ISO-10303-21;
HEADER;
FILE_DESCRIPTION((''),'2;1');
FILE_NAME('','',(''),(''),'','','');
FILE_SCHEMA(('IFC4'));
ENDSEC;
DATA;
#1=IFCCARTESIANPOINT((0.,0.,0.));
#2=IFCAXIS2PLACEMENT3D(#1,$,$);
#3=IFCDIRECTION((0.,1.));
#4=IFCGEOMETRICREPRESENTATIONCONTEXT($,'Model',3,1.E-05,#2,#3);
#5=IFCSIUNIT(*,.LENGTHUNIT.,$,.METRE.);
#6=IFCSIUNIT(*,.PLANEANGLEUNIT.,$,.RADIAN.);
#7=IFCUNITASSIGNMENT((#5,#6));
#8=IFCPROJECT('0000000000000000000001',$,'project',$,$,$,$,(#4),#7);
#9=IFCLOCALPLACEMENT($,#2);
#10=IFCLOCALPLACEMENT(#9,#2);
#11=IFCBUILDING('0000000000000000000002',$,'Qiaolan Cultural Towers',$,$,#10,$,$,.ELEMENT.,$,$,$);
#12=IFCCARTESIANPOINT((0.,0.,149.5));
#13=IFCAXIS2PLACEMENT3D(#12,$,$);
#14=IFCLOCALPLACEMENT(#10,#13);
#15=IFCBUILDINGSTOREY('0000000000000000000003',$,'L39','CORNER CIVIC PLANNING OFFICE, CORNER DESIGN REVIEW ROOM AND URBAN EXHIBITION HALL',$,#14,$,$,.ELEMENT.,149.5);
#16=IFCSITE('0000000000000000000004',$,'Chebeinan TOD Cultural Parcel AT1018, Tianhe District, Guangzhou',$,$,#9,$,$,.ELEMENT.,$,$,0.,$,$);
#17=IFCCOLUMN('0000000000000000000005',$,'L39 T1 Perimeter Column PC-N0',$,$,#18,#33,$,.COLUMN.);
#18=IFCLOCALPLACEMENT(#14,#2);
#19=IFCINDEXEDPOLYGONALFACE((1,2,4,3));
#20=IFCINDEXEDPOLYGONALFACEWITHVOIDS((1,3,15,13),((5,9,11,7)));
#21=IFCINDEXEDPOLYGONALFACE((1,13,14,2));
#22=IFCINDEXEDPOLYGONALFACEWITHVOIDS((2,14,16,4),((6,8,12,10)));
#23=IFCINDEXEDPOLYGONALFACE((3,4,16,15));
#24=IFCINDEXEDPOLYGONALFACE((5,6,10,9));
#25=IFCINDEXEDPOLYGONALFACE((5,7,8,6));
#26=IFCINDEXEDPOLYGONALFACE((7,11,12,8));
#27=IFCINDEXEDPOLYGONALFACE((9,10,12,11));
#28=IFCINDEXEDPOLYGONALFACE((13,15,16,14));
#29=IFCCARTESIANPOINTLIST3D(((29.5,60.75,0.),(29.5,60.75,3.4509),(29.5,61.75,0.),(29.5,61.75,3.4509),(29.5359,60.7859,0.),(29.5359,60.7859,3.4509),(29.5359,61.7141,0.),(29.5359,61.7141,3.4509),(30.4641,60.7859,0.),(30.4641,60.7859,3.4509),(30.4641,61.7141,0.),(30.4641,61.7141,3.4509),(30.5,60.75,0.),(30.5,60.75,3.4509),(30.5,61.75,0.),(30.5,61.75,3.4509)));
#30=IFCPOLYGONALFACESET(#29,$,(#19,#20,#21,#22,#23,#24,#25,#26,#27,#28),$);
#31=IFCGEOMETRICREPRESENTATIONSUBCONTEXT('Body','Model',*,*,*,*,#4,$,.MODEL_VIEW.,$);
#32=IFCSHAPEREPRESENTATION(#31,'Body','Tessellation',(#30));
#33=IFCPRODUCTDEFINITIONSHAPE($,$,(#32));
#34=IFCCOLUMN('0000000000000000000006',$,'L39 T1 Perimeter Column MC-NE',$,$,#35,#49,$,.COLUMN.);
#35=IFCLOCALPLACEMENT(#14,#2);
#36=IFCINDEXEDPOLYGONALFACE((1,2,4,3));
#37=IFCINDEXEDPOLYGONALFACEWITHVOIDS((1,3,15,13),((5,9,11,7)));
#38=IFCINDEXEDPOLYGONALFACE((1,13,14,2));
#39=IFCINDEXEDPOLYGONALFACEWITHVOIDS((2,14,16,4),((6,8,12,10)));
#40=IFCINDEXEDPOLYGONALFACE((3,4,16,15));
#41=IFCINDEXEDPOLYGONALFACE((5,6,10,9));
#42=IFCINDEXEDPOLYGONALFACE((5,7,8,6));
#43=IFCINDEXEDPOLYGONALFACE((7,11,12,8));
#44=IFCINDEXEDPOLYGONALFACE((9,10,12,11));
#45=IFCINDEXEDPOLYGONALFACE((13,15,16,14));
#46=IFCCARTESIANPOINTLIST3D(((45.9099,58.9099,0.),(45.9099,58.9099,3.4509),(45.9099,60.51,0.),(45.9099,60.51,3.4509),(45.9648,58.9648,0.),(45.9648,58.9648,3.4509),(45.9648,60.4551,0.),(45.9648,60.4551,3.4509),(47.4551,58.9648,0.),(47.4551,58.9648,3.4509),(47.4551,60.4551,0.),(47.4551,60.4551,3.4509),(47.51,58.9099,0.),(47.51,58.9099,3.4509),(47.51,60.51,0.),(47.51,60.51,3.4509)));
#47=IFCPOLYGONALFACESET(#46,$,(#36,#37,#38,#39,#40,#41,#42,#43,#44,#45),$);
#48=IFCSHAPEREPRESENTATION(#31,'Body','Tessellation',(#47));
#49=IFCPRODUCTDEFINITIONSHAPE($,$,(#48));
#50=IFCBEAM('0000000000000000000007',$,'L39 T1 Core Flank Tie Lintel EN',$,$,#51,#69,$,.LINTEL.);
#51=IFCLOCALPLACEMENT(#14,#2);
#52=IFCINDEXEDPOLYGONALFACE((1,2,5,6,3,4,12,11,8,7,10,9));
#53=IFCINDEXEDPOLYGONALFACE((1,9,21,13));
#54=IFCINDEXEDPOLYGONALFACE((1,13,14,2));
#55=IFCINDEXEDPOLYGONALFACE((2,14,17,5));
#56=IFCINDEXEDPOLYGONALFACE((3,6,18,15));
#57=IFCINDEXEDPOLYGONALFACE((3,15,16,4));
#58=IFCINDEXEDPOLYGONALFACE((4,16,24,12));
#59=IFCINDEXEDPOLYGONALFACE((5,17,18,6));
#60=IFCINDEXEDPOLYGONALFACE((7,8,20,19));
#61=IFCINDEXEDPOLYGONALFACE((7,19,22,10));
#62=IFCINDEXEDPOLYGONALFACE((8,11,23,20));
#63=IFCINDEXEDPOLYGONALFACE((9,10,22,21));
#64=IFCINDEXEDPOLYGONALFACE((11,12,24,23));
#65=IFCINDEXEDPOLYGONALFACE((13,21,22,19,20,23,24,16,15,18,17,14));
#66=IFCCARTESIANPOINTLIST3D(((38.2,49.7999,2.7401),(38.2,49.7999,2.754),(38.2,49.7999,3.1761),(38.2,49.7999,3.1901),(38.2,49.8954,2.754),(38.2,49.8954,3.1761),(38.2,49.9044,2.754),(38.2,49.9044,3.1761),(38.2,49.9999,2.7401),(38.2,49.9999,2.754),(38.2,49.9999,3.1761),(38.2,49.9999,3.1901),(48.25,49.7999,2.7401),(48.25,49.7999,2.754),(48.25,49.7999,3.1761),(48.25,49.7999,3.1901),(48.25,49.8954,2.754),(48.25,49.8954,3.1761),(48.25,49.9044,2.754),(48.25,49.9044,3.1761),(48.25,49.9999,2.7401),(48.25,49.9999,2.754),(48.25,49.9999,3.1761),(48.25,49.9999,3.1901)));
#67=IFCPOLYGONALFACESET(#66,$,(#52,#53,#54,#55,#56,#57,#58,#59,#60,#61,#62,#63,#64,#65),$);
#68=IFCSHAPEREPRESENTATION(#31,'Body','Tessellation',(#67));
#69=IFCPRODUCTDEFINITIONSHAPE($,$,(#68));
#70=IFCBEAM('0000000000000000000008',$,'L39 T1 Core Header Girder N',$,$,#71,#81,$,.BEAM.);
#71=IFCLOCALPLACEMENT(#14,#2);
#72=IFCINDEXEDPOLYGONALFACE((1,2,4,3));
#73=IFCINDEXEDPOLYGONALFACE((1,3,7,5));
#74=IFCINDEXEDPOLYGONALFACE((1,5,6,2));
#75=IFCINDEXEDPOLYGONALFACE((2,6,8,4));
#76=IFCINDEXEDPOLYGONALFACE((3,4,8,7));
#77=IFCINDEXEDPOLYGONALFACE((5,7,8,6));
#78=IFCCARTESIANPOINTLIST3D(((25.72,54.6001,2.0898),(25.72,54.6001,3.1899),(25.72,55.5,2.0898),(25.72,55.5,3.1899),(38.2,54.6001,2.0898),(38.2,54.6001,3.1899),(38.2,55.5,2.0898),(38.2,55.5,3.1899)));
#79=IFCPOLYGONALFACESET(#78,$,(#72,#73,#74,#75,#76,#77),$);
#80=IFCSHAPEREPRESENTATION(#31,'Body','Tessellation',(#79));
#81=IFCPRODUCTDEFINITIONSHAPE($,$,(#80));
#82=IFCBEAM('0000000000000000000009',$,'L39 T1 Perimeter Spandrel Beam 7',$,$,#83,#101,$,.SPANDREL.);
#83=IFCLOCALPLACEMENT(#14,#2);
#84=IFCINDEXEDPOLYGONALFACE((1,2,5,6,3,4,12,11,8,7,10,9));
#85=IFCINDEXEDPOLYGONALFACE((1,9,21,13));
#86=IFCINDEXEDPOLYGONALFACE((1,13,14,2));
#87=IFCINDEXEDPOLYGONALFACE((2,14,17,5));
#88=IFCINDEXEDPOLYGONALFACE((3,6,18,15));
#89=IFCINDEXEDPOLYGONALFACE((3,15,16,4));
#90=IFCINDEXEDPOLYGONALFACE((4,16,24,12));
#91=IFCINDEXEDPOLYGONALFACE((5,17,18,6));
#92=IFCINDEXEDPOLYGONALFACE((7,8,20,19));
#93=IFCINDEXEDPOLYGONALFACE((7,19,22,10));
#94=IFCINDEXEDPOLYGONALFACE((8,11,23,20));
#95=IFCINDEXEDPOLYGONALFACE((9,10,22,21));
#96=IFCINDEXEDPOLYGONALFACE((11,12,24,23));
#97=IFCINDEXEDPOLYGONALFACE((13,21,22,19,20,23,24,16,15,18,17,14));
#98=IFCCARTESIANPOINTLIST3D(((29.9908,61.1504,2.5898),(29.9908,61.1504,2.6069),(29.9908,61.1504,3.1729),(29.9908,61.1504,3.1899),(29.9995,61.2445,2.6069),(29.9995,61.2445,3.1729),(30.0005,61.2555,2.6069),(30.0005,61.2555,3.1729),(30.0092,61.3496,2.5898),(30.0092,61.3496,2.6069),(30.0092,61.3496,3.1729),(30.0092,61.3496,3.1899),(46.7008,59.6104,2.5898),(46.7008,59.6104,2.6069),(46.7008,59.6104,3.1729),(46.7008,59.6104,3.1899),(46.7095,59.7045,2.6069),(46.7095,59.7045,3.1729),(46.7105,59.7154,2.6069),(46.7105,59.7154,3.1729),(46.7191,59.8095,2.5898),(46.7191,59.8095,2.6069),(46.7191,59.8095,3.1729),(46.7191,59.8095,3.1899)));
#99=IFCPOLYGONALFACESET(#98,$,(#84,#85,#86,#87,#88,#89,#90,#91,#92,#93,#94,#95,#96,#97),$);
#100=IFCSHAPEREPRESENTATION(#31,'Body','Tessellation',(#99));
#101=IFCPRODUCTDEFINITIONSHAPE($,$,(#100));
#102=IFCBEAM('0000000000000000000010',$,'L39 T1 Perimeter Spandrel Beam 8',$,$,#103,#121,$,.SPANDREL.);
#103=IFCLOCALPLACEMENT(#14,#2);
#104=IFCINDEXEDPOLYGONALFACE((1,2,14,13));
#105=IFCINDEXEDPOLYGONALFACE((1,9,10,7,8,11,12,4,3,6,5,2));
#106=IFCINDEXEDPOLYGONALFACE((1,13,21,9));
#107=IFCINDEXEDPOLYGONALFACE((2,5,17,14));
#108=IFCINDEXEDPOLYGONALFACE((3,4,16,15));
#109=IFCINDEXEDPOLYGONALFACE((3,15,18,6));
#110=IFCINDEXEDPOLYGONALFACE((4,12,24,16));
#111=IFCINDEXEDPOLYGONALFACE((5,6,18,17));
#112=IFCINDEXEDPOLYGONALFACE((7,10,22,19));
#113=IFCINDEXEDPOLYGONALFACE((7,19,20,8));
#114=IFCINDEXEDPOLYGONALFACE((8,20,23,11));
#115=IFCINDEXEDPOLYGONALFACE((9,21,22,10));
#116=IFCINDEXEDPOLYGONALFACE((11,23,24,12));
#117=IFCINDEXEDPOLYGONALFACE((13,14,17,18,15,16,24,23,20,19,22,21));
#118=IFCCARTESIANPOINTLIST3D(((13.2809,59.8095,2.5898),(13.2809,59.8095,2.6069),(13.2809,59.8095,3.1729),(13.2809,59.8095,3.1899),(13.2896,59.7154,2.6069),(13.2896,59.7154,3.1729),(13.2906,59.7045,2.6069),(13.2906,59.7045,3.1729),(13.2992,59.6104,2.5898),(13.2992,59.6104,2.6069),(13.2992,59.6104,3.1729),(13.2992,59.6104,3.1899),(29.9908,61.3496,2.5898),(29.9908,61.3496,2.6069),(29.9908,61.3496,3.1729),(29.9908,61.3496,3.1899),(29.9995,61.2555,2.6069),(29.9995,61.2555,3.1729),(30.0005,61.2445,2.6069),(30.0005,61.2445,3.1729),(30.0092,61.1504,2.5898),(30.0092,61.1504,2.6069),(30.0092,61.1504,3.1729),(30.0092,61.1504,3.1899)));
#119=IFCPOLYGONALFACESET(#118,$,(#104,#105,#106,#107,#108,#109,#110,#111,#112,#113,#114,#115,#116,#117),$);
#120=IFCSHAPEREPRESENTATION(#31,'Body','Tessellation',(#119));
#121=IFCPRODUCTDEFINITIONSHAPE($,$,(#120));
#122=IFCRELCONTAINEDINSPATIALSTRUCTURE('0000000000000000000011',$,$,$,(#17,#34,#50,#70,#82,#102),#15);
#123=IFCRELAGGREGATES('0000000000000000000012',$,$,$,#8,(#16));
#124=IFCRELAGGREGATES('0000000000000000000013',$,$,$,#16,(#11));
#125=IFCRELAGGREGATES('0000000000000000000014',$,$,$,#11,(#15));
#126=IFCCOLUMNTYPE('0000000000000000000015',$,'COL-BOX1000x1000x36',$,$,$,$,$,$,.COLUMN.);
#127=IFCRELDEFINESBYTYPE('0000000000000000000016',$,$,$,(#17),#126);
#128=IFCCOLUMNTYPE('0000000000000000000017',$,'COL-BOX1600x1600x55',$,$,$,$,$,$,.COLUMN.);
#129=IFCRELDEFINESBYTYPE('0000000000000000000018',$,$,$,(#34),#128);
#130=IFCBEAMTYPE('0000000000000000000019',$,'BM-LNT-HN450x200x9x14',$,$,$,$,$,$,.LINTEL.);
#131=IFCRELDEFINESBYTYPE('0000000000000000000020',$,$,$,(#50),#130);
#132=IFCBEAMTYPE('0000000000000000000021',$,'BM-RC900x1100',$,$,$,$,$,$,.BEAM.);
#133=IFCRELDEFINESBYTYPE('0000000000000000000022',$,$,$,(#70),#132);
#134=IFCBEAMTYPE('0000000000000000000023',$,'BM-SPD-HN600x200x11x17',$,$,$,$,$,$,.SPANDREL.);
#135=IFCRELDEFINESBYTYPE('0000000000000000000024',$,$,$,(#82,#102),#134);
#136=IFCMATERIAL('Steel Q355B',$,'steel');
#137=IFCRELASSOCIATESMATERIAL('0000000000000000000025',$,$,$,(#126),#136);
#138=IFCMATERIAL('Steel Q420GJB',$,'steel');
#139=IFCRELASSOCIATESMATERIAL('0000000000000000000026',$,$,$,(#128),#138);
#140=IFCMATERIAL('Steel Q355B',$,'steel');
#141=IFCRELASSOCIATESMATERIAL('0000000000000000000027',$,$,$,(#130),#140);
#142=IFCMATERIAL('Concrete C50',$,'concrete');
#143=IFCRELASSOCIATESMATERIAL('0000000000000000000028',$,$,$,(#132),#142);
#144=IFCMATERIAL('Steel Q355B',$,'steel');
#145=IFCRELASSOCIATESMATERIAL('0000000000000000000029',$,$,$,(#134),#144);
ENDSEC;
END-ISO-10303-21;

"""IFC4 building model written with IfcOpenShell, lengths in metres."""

from ifc_helpers import new_model, si_unit, direction, frame, origin, origin_2d, place, context, subcontext, project, spatial, rectangle, hollow_rectangle, i_section, extrude, material, material_profile, profile_set, type_object, element, save


model = new_model("IFC4")

# Units and contexts
model_context = context("Model", 3, precision=1e-05, world=origin(), true_north=direction((0.0, 1.0)))
body_context = subcontext(model_context, "Body", "Model", "MODEL_VIEW")
ifc_project = project(units=[si_unit("LENGTHUNIT", "METRE"), si_unit("PLANEANGLEUNIT", "RADIAN")], contexts=[model_context])

# Site, building, storey
site_placement = place(None, origin())
site = spatial("IfcSite", under=ifc_project, at=site_placement, Name="Chebeinan TOD Cultural Parcel AT1018, Tianhe District, Guangzhou", CompositionType="ELEMENT", RefElevation=0.0)
building_placement = place(site_placement, origin())
building = spatial("IfcBuilding", under=site, at=building_placement, Name="Qiaolan Cultural Towers", CompositionType="ELEMENT")
storey_placement = place(building_placement, frame((0.0, 0.0, 149.5)))
storey = spatial("IfcBuildingStorey", under=building, at=storey_placement, Name="L39", Description="CORNER CIVIC PLANNING OFFICE, CORNER DESIGN REVIEW ROOM AND URBAN EXHIBITION HALL", CompositionType="ELEMENT", Elevation=149.5)

# Columns
ifc_material_1 = material(Name="Steel Q355B", Category="steel")
ifc_material_profile_1 = material_profile(ifc_material_1, hollow_rectangle(XDim=1.0, YDim=1.0, WallThickness=0.0359, at=origin_2d()), Name="BOX1000x1000x36")
ifc_profile_set_1 = profile_set([ifc_material_profile_1], Name="Steel Q355B")
column_type_1 = type_object("IfcColumnType", Name="COL-BOX1000x1000x36", PredefinedType="COLUMN", material=ifc_profile_set_1)
column_1_placement = place(storey_placement, frame((30.0, 61.25, 0.0), z_axis=(0.0, 0.0, 1.0), x_axis=(1.0, 0.0, 0.0)))
element("IfcColumn", 1, at=column_1_placement, inside=storey, type_object=column_type_1, Name="L39 T1 Perimeter Column PC-N0", PredefinedType="COLUMN", context=body_context, shape_type="SweptSolid", body=[
    extrude(hollow_rectangle(XDim=1.0, YDim=1.0, WallThickness=0.0359, at=origin_2d()), origin(), (0.0, 0.0, 1.0), 3.4509),
])
ifc_material_2 = material(Name="Steel Q420GJB", Category="steel")
ifc_material_profile_2 = material_profile(ifc_material_2, hollow_rectangle(XDim=1.6001, YDim=1.6001, WallThickness=0.0549, at=origin_2d()), Name="BOX1600x1600x55")
ifc_profile_set_2 = profile_set([ifc_material_profile_2], Name="Steel Q420GJB")
column_type_2 = type_object("IfcColumnType", Name="COL-BOX1600x1600x55", PredefinedType="COLUMN", material=ifc_profile_set_2)
column_2_placement = place(storey_placement, frame((46.71, 59.71, 0.0), z_axis=(0.0, 0.0, 1.0), x_axis=(1.0, 0.0, 0.0)))
element("IfcColumn", 2, at=column_2_placement, inside=storey, type_object=column_type_2, Name="L39 T1 Perimeter Column MC-NE", PredefinedType="COLUMN", context=body_context, shape_type="SweptSolid", body=[
    extrude(hollow_rectangle(XDim=1.6001, YDim=1.6001, WallThickness=0.0549, at=origin_2d()), origin(), (0.0, 0.0, 1.0), 3.4509),
])

# Beams
ifc_material_3 = material(Name="Steel Q355B", Category="steel")
ifc_material_profile_3 = material_profile(ifc_material_3, i_section(OverallWidth=0.2, OverallDepth=0.45, WebThickness=0.009, FlangeThickness=0.0139, at=origin_2d()), Name="HN450x200x9x14")
ifc_profile_set_3 = profile_set([ifc_material_profile_3], Name="Steel Q355B")
beam_type_1 = type_object("IfcBeamType", Name="BM-LNT-HN450x200x9x14", PredefinedType="LINTEL", material=ifc_profile_set_3)
beam_1_placement = place(storey_placement, frame((38.2, 49.8999, 2.9651), z_axis=(1.0, 0.0, 0.0), x_axis=(0.0, 1.0, 0.0)))
element("IfcBeam", 3, at=beam_1_placement, inside=storey, type_object=beam_type_1, Name="L39 T1 Core Flank Tie Lintel EN", PredefinedType="LINTEL", context=body_context, shape_type="SweptSolid", body=[
    extrude(i_section(OverallWidth=0.2, OverallDepth=0.45, WebThickness=0.009, FlangeThickness=0.0139, at=origin_2d()), origin(), (0.0, 0.0, 1.0), 10.05),
])
ifc_material_4 = material(Name="Concrete C50", Category="concrete")
ifc_material_profile_4 = material_profile(ifc_material_4, rectangle(XDim=0.8999, YDim=1.1001, at=origin_2d()), Name="RC900x1100")
ifc_profile_set_4 = profile_set([ifc_material_profile_4], Name="Concrete C50")
beam_type_2 = type_object("IfcBeamType", Name="BM-RC900x1100", PredefinedType="BEAM", material=ifc_profile_set_4)
beam_2_placement = place(storey_placement, frame((25.72, 55.05, 2.6399), z_axis=(1.0, 0.0, 0.0), x_axis=(0.0, 1.0, 0.0)))
element("IfcBeam", 4, at=beam_2_placement, inside=storey, type_object=beam_type_2, Name="L39 T1 Core Header Girder N", PredefinedType="BEAM", context=body_context, shape_type="SweptSolid", body=[
    extrude(rectangle(XDim=0.8999, YDim=1.1001, at=origin_2d()), origin(), (0.0, 0.0, 1.0), 12.48),
])
ifc_material_5 = material(Name="Steel Q355B", Category="steel")
ifc_material_profile_5 = material_profile(ifc_material_5, i_section(OverallWidth=0.2, OverallDepth=0.6001, WebThickness=0.011, FlangeThickness=0.0171, at=origin_2d()), Name="HN600x200x11x17")
ifc_profile_set_5 = profile_set([ifc_material_profile_5], Name="Steel Q355B")
beam_type_3 = type_object("IfcBeamType", Name="BM-SPD-HN600x200x11x17", PredefinedType="SPANDREL", material=ifc_profile_set_5)
for number, where, z_axis, x_axis, name in (
    (5, (46.71, 59.71, 2.8899), (-0.99578, 0.091774, 0.0), (-0.091774, -0.99578, 0.0), "L39 T1 Perimeter Spandrel Beam 7"),
    (6, (30.0, 61.25, 2.8899), (-0.99578, -0.091774, 0.0), (0.091774, -0.99578, 0.0), "L39 T1 Perimeter Spandrel Beam 8"),
):
    element("IfcBeam", number, at=place(storey_placement, frame(where, z_axis=z_axis, x_axis=x_axis)), inside=storey, type_object=beam_type_3, Name=name, PredefinedType="SPANDREL", context=body_context, shape_type="SweptSolid", body=[
        extrude(i_section(OverallWidth=0.2, OverallDepth=0.6001, WebThickness=0.011, FlangeThickness=0.0171, at=origin_2d()), origin(), (0.0, 0.0, 1.0), 16.7808),
    ])

save(model, "model.ifc")
